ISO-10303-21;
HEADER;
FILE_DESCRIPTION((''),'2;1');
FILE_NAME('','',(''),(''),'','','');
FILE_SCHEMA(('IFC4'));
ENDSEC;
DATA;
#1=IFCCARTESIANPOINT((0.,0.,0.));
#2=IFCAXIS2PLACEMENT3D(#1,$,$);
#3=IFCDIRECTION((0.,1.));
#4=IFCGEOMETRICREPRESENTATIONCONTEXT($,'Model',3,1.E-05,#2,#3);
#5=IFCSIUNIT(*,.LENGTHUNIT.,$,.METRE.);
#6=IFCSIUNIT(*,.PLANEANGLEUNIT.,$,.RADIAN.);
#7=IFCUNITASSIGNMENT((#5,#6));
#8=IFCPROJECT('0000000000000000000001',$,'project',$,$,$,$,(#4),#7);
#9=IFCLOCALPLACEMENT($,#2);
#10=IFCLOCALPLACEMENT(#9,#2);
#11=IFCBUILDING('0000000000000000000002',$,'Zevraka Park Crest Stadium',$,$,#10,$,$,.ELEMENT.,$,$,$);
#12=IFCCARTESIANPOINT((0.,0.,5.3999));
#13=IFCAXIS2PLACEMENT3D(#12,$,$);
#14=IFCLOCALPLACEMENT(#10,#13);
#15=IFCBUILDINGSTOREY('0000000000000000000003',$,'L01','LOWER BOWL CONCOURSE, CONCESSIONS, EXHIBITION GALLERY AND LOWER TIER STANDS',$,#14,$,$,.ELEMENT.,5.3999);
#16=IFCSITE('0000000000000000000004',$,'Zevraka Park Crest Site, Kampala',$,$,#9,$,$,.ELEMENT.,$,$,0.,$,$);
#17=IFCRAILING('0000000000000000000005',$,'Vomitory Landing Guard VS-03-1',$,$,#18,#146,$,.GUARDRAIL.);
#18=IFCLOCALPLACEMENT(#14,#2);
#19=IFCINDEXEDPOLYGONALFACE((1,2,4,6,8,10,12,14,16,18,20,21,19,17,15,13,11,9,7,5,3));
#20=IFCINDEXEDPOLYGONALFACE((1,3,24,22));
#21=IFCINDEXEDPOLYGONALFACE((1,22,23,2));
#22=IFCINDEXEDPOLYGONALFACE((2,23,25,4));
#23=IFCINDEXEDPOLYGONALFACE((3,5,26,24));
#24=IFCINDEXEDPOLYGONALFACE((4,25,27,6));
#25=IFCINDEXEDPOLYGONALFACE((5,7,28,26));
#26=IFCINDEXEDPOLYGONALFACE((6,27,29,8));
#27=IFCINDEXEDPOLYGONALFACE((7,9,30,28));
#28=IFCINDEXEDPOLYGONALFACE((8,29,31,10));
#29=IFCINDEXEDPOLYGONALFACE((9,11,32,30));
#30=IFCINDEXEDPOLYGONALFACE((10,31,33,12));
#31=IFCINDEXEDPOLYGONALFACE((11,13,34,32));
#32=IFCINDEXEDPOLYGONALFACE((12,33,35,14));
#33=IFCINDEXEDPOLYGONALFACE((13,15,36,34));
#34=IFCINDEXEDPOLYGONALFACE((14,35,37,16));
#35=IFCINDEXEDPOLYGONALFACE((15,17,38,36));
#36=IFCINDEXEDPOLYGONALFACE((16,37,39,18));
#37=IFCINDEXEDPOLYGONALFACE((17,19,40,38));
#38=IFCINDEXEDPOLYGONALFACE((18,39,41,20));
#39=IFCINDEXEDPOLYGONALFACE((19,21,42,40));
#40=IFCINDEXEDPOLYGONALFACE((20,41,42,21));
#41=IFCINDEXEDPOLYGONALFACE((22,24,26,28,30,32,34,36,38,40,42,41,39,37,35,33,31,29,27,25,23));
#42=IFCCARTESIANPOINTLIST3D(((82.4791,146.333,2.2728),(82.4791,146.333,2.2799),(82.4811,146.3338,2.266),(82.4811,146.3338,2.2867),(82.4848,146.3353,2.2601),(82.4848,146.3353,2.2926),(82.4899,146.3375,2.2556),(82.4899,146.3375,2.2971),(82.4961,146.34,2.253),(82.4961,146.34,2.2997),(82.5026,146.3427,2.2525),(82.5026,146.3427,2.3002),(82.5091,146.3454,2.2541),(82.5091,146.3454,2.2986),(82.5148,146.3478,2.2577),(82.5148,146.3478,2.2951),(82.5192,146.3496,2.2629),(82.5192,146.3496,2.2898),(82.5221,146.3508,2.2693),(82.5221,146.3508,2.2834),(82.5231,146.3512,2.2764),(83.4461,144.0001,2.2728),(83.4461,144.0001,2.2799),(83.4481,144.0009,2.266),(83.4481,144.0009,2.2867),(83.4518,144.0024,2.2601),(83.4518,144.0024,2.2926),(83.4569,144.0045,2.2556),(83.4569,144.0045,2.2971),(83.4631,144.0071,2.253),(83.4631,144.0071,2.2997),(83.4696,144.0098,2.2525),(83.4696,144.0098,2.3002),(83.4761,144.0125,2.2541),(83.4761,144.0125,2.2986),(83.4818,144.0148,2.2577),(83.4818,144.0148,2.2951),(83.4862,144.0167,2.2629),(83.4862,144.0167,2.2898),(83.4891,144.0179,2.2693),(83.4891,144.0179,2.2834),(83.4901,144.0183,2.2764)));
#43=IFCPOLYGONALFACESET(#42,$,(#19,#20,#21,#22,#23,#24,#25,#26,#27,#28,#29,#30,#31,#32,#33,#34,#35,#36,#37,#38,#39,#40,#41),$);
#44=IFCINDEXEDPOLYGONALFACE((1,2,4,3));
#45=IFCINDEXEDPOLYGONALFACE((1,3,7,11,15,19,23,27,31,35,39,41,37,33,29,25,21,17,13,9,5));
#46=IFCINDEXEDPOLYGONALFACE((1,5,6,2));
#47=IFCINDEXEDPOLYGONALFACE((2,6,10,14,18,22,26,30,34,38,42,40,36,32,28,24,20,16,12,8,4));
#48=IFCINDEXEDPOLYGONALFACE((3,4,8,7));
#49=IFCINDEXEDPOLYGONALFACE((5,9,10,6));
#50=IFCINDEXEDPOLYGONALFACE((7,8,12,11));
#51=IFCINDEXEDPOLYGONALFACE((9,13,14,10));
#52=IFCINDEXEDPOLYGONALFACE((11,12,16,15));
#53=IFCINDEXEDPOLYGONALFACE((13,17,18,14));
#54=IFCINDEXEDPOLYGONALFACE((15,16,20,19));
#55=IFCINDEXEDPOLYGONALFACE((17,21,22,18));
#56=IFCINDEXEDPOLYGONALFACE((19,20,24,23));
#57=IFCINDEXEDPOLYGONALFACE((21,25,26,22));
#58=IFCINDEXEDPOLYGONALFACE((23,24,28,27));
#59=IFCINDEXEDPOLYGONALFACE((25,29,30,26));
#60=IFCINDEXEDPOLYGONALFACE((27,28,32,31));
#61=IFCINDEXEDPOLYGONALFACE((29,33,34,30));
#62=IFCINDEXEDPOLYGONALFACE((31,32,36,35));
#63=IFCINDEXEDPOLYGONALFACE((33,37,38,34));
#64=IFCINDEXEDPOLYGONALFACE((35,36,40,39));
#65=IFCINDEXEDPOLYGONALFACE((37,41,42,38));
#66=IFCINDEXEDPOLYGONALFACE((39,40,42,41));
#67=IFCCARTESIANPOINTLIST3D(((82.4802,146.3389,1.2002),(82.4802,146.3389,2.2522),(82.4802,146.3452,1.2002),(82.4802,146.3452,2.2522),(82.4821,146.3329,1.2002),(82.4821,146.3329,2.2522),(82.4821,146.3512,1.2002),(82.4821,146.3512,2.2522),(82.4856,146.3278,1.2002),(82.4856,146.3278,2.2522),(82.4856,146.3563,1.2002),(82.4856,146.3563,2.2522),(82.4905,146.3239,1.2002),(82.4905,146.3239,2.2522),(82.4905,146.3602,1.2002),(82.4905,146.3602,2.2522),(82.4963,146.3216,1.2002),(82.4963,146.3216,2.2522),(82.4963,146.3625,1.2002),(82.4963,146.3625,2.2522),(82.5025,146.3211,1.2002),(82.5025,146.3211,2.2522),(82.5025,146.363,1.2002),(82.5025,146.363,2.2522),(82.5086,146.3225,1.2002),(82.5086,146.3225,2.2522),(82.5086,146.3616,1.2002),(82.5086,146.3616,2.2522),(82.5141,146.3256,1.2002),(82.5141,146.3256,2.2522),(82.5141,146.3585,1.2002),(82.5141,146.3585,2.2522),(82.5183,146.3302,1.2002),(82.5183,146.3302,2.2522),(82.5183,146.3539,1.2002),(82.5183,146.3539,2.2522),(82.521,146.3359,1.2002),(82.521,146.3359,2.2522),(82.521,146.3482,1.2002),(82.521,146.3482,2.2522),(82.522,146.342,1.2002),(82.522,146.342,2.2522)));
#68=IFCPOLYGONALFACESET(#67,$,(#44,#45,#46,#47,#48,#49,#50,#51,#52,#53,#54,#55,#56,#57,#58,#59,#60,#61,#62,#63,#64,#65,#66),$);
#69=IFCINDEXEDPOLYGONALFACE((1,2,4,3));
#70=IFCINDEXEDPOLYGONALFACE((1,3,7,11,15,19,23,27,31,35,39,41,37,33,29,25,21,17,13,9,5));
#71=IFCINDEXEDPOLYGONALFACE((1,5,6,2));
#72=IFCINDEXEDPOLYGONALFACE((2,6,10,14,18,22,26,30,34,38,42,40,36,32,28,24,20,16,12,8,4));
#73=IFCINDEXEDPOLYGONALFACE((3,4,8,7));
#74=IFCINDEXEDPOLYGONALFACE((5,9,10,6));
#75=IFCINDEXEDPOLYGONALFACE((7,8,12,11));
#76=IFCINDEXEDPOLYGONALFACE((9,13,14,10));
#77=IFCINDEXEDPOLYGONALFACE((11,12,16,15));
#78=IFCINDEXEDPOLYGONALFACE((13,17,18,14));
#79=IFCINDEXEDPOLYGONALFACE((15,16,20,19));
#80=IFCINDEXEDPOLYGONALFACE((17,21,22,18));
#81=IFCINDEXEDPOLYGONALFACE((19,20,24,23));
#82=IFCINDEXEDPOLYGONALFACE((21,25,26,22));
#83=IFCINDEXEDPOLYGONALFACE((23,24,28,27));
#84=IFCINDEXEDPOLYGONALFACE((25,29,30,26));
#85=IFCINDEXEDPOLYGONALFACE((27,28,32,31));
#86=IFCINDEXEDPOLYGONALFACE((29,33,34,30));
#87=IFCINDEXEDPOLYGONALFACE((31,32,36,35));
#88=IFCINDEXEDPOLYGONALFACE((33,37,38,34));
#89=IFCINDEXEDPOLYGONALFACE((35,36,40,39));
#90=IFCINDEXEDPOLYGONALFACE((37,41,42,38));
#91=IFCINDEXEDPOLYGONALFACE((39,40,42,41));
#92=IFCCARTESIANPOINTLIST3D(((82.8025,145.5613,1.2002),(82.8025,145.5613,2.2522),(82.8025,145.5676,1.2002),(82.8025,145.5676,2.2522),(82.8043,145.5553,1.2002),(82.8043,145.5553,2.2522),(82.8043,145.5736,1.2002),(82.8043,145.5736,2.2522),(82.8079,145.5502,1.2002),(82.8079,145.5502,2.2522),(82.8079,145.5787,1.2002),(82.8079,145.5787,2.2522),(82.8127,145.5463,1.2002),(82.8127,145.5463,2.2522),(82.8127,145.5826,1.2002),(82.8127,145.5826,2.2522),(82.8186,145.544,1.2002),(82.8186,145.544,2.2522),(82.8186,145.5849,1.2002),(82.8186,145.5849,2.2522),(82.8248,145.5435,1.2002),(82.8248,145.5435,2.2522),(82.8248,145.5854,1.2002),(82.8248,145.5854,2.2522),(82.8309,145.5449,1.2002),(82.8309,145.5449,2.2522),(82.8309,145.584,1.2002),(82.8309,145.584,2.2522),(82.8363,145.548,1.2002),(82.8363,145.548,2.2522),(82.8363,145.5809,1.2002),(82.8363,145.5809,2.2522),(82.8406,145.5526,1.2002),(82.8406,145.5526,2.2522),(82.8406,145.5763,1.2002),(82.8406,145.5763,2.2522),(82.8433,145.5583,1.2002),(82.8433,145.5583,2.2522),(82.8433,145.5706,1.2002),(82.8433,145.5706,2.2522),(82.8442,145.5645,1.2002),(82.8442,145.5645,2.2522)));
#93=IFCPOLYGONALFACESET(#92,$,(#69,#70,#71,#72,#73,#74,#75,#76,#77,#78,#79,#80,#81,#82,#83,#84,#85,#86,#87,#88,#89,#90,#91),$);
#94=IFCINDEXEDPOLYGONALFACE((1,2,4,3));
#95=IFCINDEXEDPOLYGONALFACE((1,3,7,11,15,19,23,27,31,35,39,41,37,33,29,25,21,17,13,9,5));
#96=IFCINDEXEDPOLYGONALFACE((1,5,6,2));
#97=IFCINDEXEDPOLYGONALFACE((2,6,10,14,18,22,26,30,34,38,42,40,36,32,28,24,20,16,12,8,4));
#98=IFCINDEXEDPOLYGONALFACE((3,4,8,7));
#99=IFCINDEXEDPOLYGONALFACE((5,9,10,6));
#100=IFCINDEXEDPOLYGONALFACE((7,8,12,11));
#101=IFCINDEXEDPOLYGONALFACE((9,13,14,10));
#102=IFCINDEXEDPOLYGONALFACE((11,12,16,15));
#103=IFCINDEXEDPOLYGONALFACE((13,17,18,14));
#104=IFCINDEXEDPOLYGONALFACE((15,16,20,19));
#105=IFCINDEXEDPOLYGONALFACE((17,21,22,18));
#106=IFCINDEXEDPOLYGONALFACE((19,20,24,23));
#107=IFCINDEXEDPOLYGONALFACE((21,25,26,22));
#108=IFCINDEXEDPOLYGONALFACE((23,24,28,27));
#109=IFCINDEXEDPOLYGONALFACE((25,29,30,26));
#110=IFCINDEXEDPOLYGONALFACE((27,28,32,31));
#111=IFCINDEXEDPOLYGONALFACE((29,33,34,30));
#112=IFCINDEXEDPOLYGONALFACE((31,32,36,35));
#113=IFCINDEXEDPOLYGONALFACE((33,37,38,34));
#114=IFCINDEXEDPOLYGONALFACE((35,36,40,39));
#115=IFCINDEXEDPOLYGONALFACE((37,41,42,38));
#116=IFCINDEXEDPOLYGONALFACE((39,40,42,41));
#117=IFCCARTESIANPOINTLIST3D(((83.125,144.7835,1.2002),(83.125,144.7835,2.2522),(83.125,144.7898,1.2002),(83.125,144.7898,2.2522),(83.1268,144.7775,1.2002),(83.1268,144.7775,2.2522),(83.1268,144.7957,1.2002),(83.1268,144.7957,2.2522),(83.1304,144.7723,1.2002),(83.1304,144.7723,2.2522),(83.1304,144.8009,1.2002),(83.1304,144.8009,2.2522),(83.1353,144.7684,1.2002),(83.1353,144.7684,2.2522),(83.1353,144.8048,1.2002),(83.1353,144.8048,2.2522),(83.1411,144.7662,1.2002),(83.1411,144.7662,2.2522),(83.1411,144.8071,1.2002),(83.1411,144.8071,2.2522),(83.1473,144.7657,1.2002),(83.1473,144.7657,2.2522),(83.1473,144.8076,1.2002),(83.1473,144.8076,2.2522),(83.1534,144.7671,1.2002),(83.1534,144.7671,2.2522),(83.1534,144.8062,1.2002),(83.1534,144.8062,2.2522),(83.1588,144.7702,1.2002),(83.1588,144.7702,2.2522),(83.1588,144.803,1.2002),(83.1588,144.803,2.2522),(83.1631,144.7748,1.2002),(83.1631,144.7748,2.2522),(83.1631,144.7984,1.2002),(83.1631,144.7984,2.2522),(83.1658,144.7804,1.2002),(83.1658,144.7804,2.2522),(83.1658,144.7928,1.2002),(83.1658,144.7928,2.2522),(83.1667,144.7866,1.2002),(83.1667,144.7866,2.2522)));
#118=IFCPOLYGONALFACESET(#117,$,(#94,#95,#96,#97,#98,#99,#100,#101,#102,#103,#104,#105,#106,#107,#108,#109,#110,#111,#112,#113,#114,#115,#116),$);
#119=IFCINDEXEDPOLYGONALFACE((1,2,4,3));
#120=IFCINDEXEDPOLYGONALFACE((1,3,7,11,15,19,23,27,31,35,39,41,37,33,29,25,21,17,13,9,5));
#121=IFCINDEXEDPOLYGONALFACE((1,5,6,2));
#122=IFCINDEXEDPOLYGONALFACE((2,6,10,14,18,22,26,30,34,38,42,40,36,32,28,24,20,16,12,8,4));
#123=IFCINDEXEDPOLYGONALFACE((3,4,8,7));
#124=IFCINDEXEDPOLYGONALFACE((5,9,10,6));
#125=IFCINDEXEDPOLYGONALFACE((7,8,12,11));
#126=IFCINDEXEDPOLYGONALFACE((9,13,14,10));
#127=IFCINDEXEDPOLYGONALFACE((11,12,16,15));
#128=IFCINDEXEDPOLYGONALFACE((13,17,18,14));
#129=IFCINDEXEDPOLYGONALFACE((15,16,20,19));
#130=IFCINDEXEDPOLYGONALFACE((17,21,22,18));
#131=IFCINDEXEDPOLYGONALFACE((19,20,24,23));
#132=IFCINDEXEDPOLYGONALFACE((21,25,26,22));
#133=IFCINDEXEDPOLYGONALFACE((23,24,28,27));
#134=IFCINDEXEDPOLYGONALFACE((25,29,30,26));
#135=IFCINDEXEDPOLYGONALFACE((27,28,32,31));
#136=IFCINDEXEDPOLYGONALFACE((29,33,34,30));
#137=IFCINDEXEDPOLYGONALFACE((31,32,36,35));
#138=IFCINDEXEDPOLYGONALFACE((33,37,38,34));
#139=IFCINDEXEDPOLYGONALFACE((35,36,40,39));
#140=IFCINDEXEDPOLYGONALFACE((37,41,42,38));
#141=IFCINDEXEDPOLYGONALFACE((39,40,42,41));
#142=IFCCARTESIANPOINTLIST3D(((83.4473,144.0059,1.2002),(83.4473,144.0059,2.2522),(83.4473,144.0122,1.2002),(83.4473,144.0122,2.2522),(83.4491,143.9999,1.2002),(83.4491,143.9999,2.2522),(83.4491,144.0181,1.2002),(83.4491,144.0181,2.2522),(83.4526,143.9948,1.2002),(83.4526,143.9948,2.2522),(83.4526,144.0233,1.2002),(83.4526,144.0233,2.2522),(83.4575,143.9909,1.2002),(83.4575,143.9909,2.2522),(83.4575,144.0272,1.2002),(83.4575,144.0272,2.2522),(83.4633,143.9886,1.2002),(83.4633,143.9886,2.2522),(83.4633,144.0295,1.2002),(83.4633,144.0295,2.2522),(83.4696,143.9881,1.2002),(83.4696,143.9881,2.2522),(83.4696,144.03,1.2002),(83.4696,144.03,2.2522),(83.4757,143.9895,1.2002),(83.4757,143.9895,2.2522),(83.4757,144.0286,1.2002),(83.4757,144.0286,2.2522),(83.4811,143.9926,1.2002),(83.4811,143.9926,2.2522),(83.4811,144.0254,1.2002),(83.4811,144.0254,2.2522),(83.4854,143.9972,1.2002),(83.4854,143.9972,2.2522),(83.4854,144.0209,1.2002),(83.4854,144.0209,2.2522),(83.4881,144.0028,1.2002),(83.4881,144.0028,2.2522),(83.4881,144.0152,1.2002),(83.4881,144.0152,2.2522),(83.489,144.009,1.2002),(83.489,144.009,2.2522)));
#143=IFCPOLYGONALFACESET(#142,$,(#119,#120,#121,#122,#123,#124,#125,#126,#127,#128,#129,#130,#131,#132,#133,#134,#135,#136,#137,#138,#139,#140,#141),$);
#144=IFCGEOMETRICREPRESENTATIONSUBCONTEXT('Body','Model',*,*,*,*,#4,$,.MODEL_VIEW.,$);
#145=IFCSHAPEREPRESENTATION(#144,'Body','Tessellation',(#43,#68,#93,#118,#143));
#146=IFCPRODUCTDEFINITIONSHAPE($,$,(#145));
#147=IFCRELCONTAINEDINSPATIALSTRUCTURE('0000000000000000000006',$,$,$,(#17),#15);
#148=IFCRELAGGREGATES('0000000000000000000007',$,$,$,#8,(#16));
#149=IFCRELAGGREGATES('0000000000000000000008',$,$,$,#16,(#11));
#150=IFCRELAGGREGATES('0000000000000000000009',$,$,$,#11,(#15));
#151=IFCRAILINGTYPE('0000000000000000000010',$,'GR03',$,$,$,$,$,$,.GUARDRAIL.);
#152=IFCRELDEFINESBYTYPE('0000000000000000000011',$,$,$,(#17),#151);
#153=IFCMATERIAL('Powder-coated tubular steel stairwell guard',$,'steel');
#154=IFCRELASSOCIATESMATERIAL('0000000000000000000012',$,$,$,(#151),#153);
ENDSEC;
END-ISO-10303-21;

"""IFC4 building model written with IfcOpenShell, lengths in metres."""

from ifc_helpers import new_model, si_unit, direction, frame, origin, origin_2d, place, context, subcontext, project, spatial, circle, extrude, material, type_object, element, save


model = new_model("IFC4")

# Units and contexts
model_context = context("Model", 3, precision=1e-05, world=origin(), true_north=direction((0.0, 1.0)))
body_context = subcontext(model_context, "Body", "Model", "MODEL_VIEW")
ifc_project = project(units=[si_unit("LENGTHUNIT", "METRE"), si_unit("PLANEANGLEUNIT", "RADIAN")], contexts=[model_context])

# Site, building, storey
site_placement = place(None, origin())
site = spatial("IfcSite", under=ifc_project, at=site_placement, Name="Zevraka Park Crest Site, Kampala", CompositionType="ELEMENT", RefElevation=0.0)
building_placement = place(site_placement, origin())
building = spatial("IfcBuilding", under=site, at=building_placement, Name="Zevraka Park Crest Stadium", CompositionType="ELEMENT")
storey_placement = place(building_placement, frame((0.0, 0.0, 5.3999)))
storey = spatial("IfcBuildingStorey", under=building, at=storey_placement, Name="L01", Description="LOWER BOWL CONCOURSE, CONCESSIONS, EXHIBITION GALLERY AND LOWER TIER STANDS", CompositionType="ELEMENT", Elevation=5.3999)

# Railing
ifc_material_1 = material(Name="Powder-coated tubular steel stairwell guard", Category="steel")
railing_type_1 = type_object("IfcRailingType", Name="GR03", PredefinedType="GUARDRAIL", material=ifc_material_1)
railing_1_placement = place(storey_placement, frame((82.501, 146.342, 1.2002)))
element("IfcRailing", 1, at=railing_1_placement, inside=storey, type_object=railing_type_1, Name="Vomitory Landing Guard VS-03-1", PredefinedType="GUARDRAIL", context=body_context, shape_type="SweptSolid", body=[
    extrude(circle(Radius=0.0239, at=origin_2d()), frame((0.0, 0.0, 1.0762), z_axis=(0.382912, -0.923785, 0.0), x_axis=(0.923785, 0.382912, 0.0)), (0.0, 0.0, 1.0), 2.5254),
    extrude(circle(Radius=0.021, at=origin_2d()), origin(), (0.0, 0.0, 1.0), 1.052),
    extrude(circle(Radius=0.021, at=origin_2d()), frame((0.3223, -0.7776, 0.0)), (0.0, 0.0, 1.0), 1.052),
    extrude(circle(Radius=0.021, at=origin_2d()), frame((0.6448, -1.5554, 0.0)), (0.0, 0.0, 1.0), 1.052),
    extrude(circle(Radius=0.021, at=origin_2d()), frame((0.967, -2.333, 0.0)), (0.0, 0.0, 1.0), 1.052),
])

save(model, "model.ifc")
